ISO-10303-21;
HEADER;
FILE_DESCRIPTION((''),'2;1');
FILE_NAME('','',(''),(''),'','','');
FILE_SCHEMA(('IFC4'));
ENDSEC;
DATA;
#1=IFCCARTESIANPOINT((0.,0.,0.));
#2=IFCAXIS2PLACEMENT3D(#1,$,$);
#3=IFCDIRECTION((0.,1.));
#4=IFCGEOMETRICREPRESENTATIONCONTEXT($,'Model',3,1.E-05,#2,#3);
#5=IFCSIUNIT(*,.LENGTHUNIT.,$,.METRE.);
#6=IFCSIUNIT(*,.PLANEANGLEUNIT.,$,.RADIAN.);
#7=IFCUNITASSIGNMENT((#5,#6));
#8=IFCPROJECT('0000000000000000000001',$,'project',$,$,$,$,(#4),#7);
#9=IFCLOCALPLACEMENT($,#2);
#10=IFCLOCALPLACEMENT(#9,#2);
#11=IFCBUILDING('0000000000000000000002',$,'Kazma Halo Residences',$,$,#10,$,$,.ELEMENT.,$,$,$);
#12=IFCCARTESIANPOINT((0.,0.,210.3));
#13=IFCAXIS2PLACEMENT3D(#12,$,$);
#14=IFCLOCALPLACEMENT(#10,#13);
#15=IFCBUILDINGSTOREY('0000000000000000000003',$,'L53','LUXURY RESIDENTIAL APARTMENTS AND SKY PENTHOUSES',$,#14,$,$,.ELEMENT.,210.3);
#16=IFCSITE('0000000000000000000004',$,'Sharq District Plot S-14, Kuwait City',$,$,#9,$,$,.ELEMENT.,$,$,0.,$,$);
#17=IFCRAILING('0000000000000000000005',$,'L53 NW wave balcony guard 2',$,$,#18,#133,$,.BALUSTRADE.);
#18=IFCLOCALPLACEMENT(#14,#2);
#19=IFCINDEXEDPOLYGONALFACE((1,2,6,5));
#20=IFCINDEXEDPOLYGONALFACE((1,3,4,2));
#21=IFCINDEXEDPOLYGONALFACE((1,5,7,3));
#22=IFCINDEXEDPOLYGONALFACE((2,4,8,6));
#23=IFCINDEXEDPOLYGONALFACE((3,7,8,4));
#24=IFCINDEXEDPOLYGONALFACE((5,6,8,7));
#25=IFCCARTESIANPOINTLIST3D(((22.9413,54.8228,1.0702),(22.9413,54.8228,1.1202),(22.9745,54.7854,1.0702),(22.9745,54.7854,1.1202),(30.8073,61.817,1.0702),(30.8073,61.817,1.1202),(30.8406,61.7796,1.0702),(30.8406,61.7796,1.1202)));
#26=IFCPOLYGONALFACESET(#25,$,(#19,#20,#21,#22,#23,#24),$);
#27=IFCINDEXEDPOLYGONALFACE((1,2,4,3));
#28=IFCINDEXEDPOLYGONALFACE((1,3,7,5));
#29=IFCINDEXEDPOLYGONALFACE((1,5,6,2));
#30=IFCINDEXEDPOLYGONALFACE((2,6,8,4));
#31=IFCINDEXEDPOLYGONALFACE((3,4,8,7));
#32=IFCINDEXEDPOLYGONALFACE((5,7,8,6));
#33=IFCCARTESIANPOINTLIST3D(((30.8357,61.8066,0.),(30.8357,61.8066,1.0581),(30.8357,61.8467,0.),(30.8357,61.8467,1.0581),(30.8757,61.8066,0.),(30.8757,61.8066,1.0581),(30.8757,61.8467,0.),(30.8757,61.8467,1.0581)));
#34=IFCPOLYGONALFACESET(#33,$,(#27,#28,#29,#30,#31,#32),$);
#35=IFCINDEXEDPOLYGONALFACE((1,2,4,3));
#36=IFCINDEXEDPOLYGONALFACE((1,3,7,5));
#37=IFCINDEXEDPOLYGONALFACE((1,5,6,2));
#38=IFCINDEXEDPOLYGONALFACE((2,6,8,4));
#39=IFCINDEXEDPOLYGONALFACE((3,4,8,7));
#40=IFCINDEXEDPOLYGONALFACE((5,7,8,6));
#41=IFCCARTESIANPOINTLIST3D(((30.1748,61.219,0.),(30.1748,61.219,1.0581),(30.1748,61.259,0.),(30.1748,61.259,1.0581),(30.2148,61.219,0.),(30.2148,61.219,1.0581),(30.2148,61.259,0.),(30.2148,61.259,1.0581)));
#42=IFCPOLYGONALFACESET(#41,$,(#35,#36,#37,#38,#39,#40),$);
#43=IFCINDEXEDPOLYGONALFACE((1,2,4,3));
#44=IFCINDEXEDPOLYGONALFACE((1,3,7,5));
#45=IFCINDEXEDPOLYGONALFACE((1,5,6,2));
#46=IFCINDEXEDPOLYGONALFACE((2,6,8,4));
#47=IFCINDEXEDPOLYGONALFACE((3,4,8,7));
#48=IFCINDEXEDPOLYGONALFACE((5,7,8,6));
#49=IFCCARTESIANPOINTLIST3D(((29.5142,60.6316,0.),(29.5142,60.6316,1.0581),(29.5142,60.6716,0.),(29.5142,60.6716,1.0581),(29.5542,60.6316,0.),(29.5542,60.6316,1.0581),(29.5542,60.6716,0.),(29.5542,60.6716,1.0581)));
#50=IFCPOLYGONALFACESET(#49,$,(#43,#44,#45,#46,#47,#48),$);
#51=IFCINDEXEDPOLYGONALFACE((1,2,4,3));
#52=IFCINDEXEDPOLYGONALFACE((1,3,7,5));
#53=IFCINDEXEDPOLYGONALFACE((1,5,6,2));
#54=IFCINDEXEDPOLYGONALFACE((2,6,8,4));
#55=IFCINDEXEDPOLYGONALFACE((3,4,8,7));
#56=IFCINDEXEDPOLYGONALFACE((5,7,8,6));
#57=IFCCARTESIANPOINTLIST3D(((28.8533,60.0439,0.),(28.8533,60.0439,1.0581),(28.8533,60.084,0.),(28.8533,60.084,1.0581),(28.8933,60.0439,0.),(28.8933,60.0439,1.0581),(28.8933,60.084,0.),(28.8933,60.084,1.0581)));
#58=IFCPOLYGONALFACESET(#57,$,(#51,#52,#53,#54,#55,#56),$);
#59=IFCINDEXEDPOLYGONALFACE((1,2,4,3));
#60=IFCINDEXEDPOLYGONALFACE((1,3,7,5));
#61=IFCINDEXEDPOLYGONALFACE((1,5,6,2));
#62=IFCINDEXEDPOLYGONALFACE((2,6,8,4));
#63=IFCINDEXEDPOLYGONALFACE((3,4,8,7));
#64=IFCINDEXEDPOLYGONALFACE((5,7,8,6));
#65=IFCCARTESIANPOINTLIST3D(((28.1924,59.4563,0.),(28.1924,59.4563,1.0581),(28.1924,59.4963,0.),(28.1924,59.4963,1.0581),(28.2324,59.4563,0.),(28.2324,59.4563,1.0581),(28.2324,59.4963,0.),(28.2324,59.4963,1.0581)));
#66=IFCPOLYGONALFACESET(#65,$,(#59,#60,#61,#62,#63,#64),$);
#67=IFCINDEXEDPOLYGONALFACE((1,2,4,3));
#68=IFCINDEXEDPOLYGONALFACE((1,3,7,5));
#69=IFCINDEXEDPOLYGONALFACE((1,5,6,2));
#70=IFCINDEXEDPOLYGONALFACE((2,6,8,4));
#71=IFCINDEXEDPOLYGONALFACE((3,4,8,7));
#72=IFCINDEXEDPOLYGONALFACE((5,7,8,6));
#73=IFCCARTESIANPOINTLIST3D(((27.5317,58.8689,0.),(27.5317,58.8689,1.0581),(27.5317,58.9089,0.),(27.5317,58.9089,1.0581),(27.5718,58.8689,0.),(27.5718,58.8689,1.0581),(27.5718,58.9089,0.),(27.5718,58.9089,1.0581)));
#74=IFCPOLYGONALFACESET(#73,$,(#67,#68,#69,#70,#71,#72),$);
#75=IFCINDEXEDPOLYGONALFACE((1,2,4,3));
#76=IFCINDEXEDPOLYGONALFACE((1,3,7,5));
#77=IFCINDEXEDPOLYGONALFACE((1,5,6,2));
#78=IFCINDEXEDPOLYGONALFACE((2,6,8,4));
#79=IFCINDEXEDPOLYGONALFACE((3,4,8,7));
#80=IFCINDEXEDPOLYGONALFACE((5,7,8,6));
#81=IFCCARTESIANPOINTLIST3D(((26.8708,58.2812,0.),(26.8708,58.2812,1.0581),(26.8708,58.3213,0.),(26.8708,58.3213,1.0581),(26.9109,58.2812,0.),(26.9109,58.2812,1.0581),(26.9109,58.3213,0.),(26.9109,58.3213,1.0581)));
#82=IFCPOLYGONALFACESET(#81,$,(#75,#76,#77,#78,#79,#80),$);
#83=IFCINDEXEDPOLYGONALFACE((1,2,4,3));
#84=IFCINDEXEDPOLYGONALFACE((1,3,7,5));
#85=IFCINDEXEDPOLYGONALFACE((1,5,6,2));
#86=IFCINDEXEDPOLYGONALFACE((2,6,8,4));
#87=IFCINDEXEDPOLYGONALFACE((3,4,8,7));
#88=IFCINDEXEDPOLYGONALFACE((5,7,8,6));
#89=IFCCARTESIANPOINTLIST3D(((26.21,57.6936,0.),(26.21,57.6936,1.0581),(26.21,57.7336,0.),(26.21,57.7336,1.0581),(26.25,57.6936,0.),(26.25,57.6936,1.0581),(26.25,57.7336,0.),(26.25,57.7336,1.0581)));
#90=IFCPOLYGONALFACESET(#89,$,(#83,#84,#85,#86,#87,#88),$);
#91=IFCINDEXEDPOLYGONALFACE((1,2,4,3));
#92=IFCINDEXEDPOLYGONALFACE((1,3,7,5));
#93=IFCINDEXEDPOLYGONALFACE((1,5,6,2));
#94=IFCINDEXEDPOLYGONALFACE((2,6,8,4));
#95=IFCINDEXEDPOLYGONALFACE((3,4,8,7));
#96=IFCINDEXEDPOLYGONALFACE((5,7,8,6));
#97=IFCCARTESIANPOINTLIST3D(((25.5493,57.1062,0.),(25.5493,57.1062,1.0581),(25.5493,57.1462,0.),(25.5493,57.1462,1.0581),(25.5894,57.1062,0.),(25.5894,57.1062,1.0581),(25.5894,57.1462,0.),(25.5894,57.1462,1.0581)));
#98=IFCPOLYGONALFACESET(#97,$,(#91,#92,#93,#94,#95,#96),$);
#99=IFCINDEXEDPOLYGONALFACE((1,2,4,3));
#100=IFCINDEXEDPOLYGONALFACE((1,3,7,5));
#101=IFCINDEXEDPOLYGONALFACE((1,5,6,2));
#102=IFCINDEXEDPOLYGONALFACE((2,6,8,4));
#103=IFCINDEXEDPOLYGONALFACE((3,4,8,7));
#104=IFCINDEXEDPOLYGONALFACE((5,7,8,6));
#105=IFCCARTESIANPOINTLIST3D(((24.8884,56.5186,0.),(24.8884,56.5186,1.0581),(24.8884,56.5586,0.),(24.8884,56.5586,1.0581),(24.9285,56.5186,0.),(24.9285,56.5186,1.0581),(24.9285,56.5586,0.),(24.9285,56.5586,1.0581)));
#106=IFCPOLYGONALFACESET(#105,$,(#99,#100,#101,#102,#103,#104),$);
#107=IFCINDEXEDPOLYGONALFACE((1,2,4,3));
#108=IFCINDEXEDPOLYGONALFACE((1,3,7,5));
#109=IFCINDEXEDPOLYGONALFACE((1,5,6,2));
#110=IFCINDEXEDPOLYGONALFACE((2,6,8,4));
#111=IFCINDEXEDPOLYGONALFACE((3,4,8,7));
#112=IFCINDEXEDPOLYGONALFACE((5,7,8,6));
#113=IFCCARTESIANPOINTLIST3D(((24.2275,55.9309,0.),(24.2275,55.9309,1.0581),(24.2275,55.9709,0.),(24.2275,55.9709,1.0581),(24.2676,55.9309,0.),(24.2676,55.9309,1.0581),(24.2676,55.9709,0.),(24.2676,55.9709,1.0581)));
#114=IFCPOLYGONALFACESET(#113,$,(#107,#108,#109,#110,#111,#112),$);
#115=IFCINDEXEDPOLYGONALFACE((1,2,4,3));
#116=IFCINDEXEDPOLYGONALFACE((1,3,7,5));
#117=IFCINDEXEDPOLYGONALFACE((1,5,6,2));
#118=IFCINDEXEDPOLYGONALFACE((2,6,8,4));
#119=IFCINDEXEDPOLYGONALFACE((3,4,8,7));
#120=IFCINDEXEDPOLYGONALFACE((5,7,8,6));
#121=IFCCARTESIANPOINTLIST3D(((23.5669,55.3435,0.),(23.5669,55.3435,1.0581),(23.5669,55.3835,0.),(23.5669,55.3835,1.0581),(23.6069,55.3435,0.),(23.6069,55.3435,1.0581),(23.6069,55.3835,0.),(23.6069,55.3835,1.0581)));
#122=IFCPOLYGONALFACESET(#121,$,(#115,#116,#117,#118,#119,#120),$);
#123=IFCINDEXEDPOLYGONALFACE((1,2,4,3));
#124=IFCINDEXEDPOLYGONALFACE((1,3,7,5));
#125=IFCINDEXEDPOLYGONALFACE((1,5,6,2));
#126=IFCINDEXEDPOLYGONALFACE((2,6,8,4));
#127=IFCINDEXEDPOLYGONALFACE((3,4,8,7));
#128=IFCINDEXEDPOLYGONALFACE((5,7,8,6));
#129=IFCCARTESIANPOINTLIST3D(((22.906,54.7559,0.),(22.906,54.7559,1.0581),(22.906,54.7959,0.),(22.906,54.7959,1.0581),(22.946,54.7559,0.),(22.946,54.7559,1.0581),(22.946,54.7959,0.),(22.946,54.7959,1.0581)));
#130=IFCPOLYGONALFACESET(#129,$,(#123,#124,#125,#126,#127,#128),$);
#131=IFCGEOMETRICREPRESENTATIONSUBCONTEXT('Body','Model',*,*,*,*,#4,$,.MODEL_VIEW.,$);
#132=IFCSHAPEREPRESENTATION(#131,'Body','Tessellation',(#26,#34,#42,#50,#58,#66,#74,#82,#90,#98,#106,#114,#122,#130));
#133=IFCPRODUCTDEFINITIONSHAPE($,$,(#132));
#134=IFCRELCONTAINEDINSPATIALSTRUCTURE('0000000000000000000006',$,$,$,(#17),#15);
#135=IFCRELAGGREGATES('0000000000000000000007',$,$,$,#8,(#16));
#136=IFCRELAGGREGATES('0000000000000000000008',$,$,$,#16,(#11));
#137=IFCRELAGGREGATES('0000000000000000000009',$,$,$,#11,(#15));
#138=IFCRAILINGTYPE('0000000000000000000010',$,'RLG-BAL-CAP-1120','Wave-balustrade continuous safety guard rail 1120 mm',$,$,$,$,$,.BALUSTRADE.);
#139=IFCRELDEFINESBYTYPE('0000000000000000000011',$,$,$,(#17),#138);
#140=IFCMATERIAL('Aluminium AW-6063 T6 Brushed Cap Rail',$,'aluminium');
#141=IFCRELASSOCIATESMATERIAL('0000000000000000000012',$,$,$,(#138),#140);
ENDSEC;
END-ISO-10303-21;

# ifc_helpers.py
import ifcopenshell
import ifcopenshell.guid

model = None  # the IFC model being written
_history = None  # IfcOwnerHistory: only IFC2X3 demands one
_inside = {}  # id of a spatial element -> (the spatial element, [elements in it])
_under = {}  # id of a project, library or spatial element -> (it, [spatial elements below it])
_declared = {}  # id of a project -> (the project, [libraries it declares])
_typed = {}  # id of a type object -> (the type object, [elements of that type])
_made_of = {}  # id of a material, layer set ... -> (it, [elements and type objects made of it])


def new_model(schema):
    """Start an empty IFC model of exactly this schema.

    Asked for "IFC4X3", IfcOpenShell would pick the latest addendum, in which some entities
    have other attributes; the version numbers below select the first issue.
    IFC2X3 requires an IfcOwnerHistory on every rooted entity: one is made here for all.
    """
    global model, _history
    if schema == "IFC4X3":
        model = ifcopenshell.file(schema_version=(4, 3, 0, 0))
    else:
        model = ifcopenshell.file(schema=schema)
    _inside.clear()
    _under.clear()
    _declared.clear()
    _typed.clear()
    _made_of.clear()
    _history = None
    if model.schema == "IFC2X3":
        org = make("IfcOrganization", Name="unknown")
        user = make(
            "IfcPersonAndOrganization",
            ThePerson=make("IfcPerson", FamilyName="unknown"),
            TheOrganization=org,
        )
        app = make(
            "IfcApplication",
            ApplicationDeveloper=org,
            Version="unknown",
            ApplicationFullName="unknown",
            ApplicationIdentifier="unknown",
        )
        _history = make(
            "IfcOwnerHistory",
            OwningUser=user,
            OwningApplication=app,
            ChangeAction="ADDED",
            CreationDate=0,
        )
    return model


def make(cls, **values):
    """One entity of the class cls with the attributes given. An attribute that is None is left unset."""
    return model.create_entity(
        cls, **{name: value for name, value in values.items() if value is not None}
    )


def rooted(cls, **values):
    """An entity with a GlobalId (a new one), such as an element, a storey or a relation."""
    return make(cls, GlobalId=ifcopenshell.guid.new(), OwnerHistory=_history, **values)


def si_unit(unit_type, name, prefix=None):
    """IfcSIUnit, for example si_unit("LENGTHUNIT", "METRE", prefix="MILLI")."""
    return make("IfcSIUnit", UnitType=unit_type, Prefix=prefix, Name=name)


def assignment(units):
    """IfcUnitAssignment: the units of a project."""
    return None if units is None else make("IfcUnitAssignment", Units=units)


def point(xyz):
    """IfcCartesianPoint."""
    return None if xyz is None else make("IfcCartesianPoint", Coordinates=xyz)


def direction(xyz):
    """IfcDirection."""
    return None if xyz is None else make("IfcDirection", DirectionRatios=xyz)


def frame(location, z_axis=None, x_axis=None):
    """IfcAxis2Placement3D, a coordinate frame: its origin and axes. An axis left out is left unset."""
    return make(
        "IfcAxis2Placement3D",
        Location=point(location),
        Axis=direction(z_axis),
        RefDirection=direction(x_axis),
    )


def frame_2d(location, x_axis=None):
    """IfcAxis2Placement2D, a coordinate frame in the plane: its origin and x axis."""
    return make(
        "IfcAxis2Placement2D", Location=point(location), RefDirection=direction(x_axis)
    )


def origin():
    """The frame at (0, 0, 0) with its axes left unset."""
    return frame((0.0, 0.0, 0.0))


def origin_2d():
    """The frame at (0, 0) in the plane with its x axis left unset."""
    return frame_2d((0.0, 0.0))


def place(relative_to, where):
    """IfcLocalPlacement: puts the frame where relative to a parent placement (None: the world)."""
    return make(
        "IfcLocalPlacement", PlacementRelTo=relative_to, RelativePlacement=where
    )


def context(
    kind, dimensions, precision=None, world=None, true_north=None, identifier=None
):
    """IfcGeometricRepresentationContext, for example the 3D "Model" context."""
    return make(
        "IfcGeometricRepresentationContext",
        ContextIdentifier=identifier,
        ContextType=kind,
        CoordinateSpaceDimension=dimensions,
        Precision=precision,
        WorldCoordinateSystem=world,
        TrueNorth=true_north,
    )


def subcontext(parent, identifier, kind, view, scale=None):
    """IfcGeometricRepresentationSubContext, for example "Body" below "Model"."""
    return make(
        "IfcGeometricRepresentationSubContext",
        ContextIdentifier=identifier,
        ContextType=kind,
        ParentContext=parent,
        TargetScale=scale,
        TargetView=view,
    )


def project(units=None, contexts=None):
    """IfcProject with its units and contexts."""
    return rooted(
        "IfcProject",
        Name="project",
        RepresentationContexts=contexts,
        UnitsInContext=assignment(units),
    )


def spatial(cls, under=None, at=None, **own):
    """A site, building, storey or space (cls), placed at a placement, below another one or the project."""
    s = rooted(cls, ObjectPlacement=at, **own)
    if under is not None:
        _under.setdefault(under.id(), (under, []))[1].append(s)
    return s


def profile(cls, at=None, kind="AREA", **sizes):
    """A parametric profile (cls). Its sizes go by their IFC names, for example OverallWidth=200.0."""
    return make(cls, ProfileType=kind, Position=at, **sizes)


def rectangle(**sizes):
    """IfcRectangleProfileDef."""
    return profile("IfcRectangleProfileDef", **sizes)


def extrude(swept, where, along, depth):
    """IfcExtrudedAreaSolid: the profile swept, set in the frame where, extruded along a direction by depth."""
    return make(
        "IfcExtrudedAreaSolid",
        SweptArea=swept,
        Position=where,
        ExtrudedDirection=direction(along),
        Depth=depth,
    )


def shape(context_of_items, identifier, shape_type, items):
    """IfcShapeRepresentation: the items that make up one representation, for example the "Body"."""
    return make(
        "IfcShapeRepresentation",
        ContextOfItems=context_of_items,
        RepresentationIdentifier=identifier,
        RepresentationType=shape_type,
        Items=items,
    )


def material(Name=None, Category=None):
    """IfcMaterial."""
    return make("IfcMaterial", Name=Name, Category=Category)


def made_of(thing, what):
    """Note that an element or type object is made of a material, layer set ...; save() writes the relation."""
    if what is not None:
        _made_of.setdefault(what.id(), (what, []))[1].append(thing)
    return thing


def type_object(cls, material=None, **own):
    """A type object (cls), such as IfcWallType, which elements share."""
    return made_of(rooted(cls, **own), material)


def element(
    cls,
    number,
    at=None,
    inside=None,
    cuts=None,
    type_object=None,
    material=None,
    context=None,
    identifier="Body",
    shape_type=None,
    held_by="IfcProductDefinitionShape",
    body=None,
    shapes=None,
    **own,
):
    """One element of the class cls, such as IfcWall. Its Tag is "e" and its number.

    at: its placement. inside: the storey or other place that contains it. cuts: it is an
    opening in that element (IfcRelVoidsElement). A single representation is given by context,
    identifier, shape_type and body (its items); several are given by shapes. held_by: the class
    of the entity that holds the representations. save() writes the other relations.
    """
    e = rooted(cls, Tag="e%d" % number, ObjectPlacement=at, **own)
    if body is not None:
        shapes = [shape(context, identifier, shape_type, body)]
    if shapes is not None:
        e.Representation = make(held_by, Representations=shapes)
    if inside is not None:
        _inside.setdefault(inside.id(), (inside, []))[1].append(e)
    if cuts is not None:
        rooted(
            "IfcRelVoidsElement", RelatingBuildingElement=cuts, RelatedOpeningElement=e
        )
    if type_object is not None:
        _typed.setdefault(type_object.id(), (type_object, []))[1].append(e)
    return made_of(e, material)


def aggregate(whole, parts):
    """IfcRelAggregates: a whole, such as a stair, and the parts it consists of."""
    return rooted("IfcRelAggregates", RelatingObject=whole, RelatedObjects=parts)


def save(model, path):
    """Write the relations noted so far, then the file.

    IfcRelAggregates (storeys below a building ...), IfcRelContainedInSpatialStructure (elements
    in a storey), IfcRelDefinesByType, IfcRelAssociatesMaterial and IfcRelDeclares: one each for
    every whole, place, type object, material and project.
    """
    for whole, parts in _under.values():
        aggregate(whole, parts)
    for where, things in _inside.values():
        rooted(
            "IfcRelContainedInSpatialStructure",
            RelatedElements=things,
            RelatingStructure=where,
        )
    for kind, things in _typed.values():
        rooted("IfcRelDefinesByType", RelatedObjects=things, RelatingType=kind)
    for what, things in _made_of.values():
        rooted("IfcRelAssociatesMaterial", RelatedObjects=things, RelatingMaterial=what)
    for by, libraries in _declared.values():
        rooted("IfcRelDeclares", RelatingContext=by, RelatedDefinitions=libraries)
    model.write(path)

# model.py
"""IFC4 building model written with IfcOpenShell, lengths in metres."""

from ifc_helpers import new_model, si_unit, direction, frame, origin, origin_2d, place, context, subcontext, project, spatial, rectangle, extrude, material, type_object, element, save


model = new_model("IFC4")

# Units and contexts
model_context = context("Model", 3, precision=1e-05, world=origin(), true_north=direction((0.0, 1.0)))
body_context = subcontext(model_context, "Body", "Model", "MODEL_VIEW")
ifc_project = project(units=[si_unit("LENGTHUNIT", "METRE"), si_unit("PLANEANGLEUNIT", "RADIAN")], contexts=[model_context])

# Site, building, storey
site_placement = place(None, origin())
site = spatial("IfcSite", under=ifc_project, at=site_placement, Name="Sharq District Plot S-14, Kuwait City", CompositionType="ELEMENT", RefElevation=0.0)
building_placement = place(site_placement, origin())
building = spatial("IfcBuilding", under=site, at=building_placement, Name="Kazma Halo Residences", CompositionType="ELEMENT")
storey_placement = place(building_placement, frame((0.0, 0.0, 210.3)))
storey = spatial("IfcBuildingStorey", under=building, at=storey_placement, Name="L53", Description="LUXURY RESIDENTIAL APARTMENTS AND SKY PENTHOUSES", CompositionType="ELEMENT", Elevation=210.3)

# Railing
ifc_material_1 = material(Name="Aluminium AW-6063 T6 Brushed Cap Rail", Category="aluminium")
railing_type = type_object("IfcRailingType", Name="RLG-BAL-CAP-1120", Description="Wave-balustrade continuous safety guard rail 1120 mm", PredefinedType="BALUSTRADE", material=ifc_material_1)
railing_1_placement = place(storey_placement, frame((30.8557, 61.8267, 0.0)))
element("IfcRailing", 1, at=railing_1_placement, inside=storey, type_object=railing_type, Name="L53 NW wave balcony guard 2", PredefinedType="BALUSTRADE", context=body_context, shape_type="SweptSolid", body=[
    extrude(rectangle(XDim=0.05, YDim=0.05, at=origin_2d()), frame((-0.0317, -0.0283, 1.0952), z_axis=(-0.747308, -0.664478, 0.0), x_axis=(0.664478, -0.747308, 0.0)), (0.0, 0.0, 1.0), 10.5259),
    extrude(rectangle(XDim=0.04, YDim=0.04, at=origin_2d()), origin(), (0.0, 0.0, 1.0), 1.0581),
    extrude(rectangle(XDim=0.04, YDim=0.04, at=origin_2d()), frame((-0.6609, -0.5876, 0.0)), (0.0, 0.0, 1.0), 1.0581),
    extrude(rectangle(XDim=0.04, YDim=0.04, at=origin_2d()), frame((-1.3215, -1.175, 0.0)), (0.0, 0.0, 1.0), 1.0581),
    extrude(rectangle(XDim=0.04, YDim=0.04, at=origin_2d()), frame((-1.9824, -1.7627, 0.0)), (0.0, 0.0, 1.0), 1.0581),
    extrude(rectangle(XDim=0.04, YDim=0.04, at=origin_2d()), frame((-2.6433, -2.3503, 0.0)), (0.0, 0.0, 1.0), 1.0581),
    extrude(rectangle(XDim=0.04, YDim=0.04, at=origin_2d()), frame((-3.304, -2.9377, 0.0)), (0.0, 0.0, 1.0), 1.0581),
    extrude(rectangle(XDim=0.04, YDim=0.04, at=origin_2d()), frame((-3.9648, -3.5254, 0.0)), (0.0, 0.0, 1.0), 1.0581),
    extrude(rectangle(XDim=0.04, YDim=0.04, at=origin_2d()), frame((-4.6257, -4.113, 0.0)), (0.0, 0.0, 1.0), 1.0581),
    extrude(rectangle(XDim=0.04, YDim=0.04, at=origin_2d()), frame((-5.2864, -4.7004, 0.0)), (0.0, 0.0, 1.0), 1.0581),
    extrude(rectangle(XDim=0.04, YDim=0.04, at=origin_2d()), frame((-5.9473, -5.2881, 0.0)), (0.0, 0.0, 1.0), 1.0581),
    extrude(rectangle(XDim=0.04, YDim=0.04, at=origin_2d()), frame((-6.6082, -5.8757, 0.0)), (0.0, 0.0, 1.0), 1.0581),
    extrude(rectangle(XDim=0.04, YDim=0.04, at=origin_2d()), frame((-7.2688, -6.4631, 0.0)), (0.0, 0.0, 1.0), 1.0581),
    extrude(rectangle(XDim=0.04, YDim=0.04, at=origin_2d()), frame((-7.9297, -7.0508, 0.0)), (0.0, 0.0, 1.0), 1.0581),
])

save(model, "model.ifc")
